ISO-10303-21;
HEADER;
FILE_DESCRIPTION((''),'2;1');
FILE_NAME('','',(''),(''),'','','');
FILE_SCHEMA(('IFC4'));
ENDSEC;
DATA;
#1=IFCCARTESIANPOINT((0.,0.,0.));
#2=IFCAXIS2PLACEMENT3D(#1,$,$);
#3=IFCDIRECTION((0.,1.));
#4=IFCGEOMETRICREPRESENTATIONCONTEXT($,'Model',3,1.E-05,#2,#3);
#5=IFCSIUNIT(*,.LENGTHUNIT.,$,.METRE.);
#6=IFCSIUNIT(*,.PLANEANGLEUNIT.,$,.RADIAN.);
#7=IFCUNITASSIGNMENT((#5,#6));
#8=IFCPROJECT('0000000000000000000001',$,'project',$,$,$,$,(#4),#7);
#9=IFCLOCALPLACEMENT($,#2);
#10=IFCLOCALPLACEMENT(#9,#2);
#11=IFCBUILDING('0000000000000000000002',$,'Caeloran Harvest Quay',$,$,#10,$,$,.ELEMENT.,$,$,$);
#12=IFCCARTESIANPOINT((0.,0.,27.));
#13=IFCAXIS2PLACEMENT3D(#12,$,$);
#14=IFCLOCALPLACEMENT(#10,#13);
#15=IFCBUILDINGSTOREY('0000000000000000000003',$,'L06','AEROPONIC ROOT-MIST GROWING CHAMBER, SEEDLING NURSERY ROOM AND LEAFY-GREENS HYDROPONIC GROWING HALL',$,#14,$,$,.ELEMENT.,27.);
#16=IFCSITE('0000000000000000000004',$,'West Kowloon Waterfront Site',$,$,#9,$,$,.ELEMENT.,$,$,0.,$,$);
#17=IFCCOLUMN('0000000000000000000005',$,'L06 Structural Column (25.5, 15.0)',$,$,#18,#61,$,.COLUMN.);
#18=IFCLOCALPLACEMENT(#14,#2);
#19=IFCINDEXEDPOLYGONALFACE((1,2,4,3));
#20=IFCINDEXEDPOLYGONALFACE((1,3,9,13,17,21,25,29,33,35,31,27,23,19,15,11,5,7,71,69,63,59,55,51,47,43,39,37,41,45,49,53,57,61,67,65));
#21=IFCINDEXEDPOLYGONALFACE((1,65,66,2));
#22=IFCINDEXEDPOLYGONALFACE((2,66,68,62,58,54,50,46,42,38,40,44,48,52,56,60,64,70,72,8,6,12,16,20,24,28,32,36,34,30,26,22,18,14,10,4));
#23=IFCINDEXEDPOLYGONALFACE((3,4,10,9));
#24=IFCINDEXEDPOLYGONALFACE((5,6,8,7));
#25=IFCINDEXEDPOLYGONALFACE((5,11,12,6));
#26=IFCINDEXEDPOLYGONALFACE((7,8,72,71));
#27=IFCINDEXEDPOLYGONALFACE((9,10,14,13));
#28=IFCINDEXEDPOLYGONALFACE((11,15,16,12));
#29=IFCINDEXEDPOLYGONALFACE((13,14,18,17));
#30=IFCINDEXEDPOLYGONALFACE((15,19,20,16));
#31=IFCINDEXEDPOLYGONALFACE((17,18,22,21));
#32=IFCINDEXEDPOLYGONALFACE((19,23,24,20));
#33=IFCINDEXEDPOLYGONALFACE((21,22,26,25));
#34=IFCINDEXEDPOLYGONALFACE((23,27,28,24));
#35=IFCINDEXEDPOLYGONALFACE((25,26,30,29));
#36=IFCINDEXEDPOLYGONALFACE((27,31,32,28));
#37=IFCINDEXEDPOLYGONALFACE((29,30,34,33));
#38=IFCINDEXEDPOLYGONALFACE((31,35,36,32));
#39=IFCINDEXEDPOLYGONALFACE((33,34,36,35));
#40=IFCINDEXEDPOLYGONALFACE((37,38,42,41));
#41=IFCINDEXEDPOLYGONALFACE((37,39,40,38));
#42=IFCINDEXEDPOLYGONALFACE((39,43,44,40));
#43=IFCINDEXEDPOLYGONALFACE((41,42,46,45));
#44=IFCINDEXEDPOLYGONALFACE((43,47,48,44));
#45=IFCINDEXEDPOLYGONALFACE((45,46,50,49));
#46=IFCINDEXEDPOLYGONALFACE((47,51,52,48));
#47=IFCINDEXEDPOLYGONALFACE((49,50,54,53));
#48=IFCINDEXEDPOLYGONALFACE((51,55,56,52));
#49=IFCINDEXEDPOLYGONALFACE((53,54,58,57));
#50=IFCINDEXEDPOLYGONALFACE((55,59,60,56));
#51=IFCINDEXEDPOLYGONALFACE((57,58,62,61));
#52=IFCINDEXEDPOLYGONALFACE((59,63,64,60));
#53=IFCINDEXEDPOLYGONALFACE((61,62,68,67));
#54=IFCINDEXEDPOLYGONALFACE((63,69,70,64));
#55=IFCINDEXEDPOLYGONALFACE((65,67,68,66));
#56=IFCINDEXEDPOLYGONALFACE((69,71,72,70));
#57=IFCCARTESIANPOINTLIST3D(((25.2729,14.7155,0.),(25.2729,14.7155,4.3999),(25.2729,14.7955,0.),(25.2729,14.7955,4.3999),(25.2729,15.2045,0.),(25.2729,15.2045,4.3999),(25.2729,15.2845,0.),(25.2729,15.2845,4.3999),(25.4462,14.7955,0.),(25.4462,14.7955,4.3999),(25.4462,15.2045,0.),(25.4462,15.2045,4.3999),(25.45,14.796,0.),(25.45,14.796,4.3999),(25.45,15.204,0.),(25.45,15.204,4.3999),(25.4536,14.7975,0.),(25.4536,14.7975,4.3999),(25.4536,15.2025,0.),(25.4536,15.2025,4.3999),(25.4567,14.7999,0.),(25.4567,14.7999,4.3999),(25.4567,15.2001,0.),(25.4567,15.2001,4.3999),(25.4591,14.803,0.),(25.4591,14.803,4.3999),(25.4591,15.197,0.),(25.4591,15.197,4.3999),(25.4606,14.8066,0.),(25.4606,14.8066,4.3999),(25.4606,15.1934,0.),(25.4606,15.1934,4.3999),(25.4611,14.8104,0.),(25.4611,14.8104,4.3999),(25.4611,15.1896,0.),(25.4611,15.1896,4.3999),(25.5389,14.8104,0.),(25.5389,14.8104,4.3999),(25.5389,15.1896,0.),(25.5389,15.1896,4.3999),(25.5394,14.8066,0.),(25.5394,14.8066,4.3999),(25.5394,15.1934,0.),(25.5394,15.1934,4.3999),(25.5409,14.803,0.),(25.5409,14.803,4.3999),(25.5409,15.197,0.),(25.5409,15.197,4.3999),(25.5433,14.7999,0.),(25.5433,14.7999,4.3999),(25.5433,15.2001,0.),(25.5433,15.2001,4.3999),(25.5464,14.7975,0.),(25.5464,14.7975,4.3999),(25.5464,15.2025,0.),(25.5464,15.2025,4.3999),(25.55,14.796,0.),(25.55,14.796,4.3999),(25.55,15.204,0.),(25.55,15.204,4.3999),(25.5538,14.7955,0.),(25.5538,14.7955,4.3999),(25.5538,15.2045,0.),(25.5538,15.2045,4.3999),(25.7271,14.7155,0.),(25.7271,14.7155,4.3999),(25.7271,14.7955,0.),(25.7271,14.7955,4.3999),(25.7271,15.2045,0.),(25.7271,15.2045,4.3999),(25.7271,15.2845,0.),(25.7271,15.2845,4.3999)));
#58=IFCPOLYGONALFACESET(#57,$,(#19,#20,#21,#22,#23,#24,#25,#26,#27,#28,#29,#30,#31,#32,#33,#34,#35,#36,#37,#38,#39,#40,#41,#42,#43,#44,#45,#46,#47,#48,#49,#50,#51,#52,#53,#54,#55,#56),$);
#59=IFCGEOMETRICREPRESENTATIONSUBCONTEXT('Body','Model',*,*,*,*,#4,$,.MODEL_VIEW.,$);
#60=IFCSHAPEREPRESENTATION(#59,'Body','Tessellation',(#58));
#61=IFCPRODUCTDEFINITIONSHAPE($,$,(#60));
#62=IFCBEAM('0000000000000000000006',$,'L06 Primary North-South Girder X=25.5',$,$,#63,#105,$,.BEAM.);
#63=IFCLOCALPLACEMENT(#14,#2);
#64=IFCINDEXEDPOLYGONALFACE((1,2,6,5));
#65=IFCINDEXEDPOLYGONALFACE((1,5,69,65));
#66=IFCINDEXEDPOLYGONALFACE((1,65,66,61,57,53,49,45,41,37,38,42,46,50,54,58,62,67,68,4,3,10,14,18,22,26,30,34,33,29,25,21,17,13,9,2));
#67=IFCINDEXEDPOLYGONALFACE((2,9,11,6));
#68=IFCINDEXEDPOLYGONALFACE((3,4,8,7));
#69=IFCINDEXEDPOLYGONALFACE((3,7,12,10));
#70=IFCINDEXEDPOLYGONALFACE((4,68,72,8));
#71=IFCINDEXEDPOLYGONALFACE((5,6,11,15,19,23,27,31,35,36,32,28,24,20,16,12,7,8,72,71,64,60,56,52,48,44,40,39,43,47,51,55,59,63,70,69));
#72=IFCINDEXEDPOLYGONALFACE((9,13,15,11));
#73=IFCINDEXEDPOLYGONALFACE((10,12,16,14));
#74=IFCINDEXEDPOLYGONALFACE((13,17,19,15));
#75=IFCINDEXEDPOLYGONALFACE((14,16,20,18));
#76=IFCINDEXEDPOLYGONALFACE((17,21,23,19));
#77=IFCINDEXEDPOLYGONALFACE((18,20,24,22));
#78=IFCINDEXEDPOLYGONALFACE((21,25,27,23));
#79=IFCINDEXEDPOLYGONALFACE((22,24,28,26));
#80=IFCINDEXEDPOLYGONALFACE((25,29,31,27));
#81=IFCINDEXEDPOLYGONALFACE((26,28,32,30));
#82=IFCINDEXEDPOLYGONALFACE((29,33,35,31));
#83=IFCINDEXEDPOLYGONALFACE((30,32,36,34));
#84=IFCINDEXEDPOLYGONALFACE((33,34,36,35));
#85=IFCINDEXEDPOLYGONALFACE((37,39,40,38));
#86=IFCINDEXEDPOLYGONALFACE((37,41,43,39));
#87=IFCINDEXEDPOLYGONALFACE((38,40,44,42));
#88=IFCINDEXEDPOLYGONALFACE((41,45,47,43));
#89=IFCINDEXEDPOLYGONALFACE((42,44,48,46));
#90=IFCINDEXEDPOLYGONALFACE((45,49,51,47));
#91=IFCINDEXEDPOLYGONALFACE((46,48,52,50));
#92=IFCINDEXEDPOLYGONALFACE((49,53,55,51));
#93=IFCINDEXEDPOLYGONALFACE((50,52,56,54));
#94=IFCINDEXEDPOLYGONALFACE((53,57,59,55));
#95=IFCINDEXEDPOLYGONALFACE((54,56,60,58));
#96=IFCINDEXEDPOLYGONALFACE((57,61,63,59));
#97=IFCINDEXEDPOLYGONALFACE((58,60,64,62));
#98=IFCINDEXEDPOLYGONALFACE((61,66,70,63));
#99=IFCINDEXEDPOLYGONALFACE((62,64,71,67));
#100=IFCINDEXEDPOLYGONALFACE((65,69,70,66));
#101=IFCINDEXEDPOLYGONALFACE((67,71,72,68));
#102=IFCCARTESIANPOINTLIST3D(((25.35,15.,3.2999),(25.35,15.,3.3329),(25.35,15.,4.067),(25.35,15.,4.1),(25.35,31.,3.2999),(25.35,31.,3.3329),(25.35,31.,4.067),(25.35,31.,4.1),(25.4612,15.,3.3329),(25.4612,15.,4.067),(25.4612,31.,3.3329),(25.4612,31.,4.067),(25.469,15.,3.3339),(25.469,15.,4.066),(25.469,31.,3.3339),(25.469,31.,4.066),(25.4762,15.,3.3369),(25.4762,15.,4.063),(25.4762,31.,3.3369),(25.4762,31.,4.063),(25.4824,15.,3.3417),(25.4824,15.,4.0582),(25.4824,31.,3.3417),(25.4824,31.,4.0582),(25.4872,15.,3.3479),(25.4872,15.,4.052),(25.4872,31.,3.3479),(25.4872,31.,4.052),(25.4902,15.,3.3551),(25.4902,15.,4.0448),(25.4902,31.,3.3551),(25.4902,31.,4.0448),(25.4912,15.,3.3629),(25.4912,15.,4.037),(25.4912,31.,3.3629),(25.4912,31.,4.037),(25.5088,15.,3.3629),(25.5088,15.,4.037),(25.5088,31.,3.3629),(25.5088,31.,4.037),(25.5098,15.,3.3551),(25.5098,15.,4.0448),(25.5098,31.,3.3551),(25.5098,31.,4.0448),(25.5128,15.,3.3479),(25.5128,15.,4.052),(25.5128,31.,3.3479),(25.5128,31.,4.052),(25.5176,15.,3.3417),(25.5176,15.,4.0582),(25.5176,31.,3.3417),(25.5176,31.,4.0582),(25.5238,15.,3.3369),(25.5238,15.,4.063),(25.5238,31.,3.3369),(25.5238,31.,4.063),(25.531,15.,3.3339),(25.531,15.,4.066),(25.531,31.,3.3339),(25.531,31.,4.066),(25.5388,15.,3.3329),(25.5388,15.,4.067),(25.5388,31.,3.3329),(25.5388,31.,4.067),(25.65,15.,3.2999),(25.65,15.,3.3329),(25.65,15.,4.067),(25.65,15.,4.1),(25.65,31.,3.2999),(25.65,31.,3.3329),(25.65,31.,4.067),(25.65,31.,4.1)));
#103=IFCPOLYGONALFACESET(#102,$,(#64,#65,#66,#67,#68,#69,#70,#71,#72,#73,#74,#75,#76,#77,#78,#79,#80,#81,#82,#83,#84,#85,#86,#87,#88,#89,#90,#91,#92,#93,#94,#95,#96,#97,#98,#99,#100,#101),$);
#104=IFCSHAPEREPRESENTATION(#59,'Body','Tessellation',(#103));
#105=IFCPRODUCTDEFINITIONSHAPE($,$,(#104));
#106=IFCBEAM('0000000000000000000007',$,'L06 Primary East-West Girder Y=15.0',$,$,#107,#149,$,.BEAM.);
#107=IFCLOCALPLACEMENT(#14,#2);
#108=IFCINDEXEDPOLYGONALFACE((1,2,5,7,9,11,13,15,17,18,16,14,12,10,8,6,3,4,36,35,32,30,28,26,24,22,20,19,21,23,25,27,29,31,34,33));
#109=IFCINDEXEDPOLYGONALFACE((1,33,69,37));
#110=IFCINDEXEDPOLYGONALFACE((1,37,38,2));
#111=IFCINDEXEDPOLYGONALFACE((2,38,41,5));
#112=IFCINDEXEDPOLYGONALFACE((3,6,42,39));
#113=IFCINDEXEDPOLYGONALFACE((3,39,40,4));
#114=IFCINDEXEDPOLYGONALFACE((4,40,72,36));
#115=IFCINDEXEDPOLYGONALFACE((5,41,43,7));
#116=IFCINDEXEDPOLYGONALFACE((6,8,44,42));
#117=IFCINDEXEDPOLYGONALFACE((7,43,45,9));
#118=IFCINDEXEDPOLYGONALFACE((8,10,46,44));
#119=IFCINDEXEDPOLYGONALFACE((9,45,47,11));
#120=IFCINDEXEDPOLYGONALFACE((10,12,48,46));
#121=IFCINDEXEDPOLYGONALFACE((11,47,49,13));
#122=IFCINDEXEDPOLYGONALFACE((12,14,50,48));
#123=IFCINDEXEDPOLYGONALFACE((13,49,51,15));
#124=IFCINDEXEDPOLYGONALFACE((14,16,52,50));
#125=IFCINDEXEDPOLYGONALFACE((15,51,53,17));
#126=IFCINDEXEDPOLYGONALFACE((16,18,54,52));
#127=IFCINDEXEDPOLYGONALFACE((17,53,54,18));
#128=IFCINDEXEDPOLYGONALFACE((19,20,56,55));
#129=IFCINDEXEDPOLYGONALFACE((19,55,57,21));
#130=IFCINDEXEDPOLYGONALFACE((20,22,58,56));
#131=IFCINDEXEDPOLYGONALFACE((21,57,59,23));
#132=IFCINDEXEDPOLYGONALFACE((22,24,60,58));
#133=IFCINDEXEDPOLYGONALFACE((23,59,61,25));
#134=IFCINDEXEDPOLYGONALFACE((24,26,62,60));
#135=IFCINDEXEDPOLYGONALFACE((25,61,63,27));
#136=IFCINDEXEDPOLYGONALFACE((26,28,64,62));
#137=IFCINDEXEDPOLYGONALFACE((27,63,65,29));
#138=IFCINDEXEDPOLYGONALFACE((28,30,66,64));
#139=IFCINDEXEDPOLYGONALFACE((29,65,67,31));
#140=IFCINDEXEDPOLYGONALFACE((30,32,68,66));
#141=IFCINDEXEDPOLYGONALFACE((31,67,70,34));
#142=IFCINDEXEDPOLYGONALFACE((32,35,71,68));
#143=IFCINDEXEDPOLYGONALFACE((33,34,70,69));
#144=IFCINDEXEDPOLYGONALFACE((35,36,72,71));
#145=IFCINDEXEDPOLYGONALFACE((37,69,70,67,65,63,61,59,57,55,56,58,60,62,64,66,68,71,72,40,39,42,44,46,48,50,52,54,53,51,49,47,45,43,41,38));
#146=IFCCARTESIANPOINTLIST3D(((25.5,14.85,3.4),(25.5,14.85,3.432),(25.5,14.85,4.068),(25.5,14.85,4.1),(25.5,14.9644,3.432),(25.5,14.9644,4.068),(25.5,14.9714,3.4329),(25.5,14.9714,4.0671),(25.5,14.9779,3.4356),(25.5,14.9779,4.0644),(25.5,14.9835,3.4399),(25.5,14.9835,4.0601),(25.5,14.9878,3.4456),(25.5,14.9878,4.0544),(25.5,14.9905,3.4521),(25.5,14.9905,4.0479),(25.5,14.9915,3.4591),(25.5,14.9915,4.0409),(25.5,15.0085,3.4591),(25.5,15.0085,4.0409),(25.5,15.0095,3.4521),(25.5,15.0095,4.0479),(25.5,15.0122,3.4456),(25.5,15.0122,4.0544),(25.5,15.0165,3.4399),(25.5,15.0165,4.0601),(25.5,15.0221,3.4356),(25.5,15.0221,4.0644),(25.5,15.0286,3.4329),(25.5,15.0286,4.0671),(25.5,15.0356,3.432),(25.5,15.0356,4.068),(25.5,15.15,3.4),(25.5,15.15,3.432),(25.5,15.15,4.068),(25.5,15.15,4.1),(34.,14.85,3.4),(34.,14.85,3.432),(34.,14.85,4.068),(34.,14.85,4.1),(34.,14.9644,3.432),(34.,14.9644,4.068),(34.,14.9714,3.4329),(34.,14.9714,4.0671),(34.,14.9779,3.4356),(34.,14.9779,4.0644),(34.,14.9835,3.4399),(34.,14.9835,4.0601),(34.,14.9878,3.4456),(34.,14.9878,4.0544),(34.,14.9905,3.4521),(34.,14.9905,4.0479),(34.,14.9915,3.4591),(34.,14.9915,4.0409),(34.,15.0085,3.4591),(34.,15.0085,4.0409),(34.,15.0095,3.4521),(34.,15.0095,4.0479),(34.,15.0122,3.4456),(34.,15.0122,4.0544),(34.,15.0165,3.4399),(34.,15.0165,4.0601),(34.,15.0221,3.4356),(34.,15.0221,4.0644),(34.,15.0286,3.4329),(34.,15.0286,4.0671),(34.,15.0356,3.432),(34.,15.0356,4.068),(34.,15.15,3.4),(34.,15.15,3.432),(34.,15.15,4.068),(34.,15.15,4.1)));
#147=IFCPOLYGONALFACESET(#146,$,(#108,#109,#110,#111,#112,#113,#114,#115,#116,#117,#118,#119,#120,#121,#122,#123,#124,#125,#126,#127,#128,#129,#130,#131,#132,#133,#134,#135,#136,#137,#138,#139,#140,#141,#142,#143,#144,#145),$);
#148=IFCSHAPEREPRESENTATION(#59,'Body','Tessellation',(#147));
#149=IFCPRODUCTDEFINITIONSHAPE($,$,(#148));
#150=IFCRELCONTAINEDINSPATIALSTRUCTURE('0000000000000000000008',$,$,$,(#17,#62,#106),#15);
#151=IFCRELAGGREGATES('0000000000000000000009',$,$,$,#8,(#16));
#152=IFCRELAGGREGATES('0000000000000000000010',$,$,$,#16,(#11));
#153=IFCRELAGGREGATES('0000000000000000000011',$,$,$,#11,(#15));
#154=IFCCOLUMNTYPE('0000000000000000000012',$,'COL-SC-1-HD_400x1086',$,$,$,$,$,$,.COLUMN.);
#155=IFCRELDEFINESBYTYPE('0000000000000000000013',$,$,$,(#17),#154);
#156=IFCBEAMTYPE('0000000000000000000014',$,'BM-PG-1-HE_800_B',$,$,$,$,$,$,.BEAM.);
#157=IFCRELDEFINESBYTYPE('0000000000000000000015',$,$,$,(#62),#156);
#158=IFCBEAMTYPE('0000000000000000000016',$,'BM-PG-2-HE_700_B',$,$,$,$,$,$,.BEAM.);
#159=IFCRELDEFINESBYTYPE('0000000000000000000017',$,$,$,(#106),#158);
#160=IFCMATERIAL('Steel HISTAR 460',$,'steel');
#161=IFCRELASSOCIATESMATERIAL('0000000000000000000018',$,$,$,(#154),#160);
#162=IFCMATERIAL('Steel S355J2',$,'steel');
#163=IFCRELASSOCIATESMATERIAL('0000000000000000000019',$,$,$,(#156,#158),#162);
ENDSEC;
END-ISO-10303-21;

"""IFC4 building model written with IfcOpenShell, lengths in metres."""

from ifc_helpers import new_model, si_unit, direction, frame, origin, origin_2d, place, context, subcontext, project, spatial, i_section, extrude, material, material_profile, profile_set, type_object, element, save


model = new_model("IFC4")

# Units and contexts
model_context = context("Model", 3, precision=1e-05, world=origin(), true_north=direction((0.0, 1.0)))
body_context = subcontext(model_context, "Body", "Model", "MODEL_VIEW")
ifc_project = project(units=[si_unit("LENGTHUNIT", "METRE"), si_unit("PLANEANGLEUNIT", "RADIAN")], contexts=[model_context])

# Site, building, storey
site_placement = place(None, origin())
site = spatial("IfcSite", under=ifc_project, at=site_placement, Name="West Kowloon Waterfront Site", CompositionType="ELEMENT", RefElevation=0.0)
building_placement = place(site_placement, origin())
building = spatial("IfcBuilding", under=site, at=building_placement, Name="Caeloran Harvest Quay", CompositionType="ELEMENT")
storey_placement = place(building_placement, frame((0.0, 0.0, 27.0)))
storey = spatial("IfcBuildingStorey", under=building, at=storey_placement, Name="L06", Description="AEROPONIC ROOT-MIST GROWING CHAMBER, SEEDLING NURSERY ROOM AND LEAFY-GREENS HYDROPONIC GROWING HALL", CompositionType="ELEMENT", Elevation=27.0)

# Column
ifc_material_1 = material(Name="Steel HISTAR 460", Category="steel")
ifc_material_profile_1 = material_profile(ifc_material_1, i_section(OverallWidth=0.4541, OverallDepth=0.5691, WebThickness=0.0779, FlangeThickness=0.0801, FilletRadius=0.0149, at=origin_2d()), Name="HD 400x1086")
ifc_profile_set_1 = profile_set([ifc_material_profile_1], Name="Steel HISTAR 460")
column_type = type_object("IfcColumnType", Name="COL-SC-1-HD_400x1086", PredefinedType="COLUMN", material=ifc_profile_set_1)
column_placement = place(storey_placement, frame((25.5, 15.0, 0.0), z_axis=(0.0, 0.0, 1.0), x_axis=(1.0, 0.0, 0.0)))
element("IfcColumn", 1, at=column_placement, inside=storey, type_object=column_type, Name="L06 Structural Column (25.5, 15.0)", PredefinedType="COLUMN", context=body_context, shape_type="SweptSolid", body=[
    extrude(i_section(OverallWidth=0.4541, OverallDepth=0.5691, WebThickness=0.0779, FlangeThickness=0.0801, FilletRadius=0.0149, at=origin_2d()), origin(), (0.0, 0.0, 1.0), 4.3999),
])

# Beams
ifc_material_2 = material(Name="Steel S355J2", Category="steel")
ifc_material_profile_2 = material_profile(ifc_material_2, i_section(OverallWidth=0.3, OverallDepth=0.8, WebThickness=0.0176, FlangeThickness=0.033, FilletRadius=0.03, at=origin_2d()), Name="HE 800 B")
ifc_profile_set_2 = profile_set([ifc_material_profile_2], Name="Steel S355J2")
beam_type_1 = type_object("IfcBeamType", Name="BM-PG-1-HE_800_B", PredefinedType="BEAM", material=ifc_profile_set_2)
beam_1_placement = place(storey_placement, frame((25.5, 15.0, 3.7), z_axis=(0.0, 1.0, 0.0), x_axis=(-1.0, 0.0, 0.0)))
element("IfcBeam", 2, at=beam_1_placement, inside=storey, type_object=beam_type_1, Name="L06 Primary North-South Girder X=25.5", PredefinedType="BEAM", context=body_context, shape_type="SweptSolid", body=[
    extrude(i_section(OverallWidth=0.3, OverallDepth=0.8, WebThickness=0.0176, FlangeThickness=0.033, FilletRadius=0.03, at=origin_2d()), origin(), (0.0, 0.0, 1.0), 16.0),
])
ifc_material_profile_3 = material_profile(ifc_material_2, i_section(OverallWidth=0.3, OverallDepth=0.7, WebThickness=0.0171, FlangeThickness=0.032, FilletRadius=0.0271, at=origin_2d()), Name="HE 700 B")
ifc_profile_set_3 = profile_set([ifc_material_profile_3], Name="Steel S355J2")
beam_type_2 = type_object("IfcBeamType", Name="BM-PG-2-HE_700_B", PredefinedType="BEAM", material=ifc_profile_set_3)
beam_2_placement = place(storey_placement, frame((25.5, 15.0, 3.75), z_axis=(1.0, 0.0, 0.0), x_axis=(0.0, 1.0, 0.0)))
element("IfcBeam", 3, at=beam_2_placement, inside=storey, type_object=beam_type_2, Name="L06 Primary East-West Girder Y=15.0", PredefinedType="BEAM", context=body_context, shape_type="SweptSolid", body=[
    extrude(i_section(OverallWidth=0.3, OverallDepth=0.7, WebThickness=0.0171, FlangeThickness=0.032, FilletRadius=0.0271, at=origin_2d()), origin(), (0.0, 0.0, 1.0), 8.5),
])

save(model, "model.ifc")
